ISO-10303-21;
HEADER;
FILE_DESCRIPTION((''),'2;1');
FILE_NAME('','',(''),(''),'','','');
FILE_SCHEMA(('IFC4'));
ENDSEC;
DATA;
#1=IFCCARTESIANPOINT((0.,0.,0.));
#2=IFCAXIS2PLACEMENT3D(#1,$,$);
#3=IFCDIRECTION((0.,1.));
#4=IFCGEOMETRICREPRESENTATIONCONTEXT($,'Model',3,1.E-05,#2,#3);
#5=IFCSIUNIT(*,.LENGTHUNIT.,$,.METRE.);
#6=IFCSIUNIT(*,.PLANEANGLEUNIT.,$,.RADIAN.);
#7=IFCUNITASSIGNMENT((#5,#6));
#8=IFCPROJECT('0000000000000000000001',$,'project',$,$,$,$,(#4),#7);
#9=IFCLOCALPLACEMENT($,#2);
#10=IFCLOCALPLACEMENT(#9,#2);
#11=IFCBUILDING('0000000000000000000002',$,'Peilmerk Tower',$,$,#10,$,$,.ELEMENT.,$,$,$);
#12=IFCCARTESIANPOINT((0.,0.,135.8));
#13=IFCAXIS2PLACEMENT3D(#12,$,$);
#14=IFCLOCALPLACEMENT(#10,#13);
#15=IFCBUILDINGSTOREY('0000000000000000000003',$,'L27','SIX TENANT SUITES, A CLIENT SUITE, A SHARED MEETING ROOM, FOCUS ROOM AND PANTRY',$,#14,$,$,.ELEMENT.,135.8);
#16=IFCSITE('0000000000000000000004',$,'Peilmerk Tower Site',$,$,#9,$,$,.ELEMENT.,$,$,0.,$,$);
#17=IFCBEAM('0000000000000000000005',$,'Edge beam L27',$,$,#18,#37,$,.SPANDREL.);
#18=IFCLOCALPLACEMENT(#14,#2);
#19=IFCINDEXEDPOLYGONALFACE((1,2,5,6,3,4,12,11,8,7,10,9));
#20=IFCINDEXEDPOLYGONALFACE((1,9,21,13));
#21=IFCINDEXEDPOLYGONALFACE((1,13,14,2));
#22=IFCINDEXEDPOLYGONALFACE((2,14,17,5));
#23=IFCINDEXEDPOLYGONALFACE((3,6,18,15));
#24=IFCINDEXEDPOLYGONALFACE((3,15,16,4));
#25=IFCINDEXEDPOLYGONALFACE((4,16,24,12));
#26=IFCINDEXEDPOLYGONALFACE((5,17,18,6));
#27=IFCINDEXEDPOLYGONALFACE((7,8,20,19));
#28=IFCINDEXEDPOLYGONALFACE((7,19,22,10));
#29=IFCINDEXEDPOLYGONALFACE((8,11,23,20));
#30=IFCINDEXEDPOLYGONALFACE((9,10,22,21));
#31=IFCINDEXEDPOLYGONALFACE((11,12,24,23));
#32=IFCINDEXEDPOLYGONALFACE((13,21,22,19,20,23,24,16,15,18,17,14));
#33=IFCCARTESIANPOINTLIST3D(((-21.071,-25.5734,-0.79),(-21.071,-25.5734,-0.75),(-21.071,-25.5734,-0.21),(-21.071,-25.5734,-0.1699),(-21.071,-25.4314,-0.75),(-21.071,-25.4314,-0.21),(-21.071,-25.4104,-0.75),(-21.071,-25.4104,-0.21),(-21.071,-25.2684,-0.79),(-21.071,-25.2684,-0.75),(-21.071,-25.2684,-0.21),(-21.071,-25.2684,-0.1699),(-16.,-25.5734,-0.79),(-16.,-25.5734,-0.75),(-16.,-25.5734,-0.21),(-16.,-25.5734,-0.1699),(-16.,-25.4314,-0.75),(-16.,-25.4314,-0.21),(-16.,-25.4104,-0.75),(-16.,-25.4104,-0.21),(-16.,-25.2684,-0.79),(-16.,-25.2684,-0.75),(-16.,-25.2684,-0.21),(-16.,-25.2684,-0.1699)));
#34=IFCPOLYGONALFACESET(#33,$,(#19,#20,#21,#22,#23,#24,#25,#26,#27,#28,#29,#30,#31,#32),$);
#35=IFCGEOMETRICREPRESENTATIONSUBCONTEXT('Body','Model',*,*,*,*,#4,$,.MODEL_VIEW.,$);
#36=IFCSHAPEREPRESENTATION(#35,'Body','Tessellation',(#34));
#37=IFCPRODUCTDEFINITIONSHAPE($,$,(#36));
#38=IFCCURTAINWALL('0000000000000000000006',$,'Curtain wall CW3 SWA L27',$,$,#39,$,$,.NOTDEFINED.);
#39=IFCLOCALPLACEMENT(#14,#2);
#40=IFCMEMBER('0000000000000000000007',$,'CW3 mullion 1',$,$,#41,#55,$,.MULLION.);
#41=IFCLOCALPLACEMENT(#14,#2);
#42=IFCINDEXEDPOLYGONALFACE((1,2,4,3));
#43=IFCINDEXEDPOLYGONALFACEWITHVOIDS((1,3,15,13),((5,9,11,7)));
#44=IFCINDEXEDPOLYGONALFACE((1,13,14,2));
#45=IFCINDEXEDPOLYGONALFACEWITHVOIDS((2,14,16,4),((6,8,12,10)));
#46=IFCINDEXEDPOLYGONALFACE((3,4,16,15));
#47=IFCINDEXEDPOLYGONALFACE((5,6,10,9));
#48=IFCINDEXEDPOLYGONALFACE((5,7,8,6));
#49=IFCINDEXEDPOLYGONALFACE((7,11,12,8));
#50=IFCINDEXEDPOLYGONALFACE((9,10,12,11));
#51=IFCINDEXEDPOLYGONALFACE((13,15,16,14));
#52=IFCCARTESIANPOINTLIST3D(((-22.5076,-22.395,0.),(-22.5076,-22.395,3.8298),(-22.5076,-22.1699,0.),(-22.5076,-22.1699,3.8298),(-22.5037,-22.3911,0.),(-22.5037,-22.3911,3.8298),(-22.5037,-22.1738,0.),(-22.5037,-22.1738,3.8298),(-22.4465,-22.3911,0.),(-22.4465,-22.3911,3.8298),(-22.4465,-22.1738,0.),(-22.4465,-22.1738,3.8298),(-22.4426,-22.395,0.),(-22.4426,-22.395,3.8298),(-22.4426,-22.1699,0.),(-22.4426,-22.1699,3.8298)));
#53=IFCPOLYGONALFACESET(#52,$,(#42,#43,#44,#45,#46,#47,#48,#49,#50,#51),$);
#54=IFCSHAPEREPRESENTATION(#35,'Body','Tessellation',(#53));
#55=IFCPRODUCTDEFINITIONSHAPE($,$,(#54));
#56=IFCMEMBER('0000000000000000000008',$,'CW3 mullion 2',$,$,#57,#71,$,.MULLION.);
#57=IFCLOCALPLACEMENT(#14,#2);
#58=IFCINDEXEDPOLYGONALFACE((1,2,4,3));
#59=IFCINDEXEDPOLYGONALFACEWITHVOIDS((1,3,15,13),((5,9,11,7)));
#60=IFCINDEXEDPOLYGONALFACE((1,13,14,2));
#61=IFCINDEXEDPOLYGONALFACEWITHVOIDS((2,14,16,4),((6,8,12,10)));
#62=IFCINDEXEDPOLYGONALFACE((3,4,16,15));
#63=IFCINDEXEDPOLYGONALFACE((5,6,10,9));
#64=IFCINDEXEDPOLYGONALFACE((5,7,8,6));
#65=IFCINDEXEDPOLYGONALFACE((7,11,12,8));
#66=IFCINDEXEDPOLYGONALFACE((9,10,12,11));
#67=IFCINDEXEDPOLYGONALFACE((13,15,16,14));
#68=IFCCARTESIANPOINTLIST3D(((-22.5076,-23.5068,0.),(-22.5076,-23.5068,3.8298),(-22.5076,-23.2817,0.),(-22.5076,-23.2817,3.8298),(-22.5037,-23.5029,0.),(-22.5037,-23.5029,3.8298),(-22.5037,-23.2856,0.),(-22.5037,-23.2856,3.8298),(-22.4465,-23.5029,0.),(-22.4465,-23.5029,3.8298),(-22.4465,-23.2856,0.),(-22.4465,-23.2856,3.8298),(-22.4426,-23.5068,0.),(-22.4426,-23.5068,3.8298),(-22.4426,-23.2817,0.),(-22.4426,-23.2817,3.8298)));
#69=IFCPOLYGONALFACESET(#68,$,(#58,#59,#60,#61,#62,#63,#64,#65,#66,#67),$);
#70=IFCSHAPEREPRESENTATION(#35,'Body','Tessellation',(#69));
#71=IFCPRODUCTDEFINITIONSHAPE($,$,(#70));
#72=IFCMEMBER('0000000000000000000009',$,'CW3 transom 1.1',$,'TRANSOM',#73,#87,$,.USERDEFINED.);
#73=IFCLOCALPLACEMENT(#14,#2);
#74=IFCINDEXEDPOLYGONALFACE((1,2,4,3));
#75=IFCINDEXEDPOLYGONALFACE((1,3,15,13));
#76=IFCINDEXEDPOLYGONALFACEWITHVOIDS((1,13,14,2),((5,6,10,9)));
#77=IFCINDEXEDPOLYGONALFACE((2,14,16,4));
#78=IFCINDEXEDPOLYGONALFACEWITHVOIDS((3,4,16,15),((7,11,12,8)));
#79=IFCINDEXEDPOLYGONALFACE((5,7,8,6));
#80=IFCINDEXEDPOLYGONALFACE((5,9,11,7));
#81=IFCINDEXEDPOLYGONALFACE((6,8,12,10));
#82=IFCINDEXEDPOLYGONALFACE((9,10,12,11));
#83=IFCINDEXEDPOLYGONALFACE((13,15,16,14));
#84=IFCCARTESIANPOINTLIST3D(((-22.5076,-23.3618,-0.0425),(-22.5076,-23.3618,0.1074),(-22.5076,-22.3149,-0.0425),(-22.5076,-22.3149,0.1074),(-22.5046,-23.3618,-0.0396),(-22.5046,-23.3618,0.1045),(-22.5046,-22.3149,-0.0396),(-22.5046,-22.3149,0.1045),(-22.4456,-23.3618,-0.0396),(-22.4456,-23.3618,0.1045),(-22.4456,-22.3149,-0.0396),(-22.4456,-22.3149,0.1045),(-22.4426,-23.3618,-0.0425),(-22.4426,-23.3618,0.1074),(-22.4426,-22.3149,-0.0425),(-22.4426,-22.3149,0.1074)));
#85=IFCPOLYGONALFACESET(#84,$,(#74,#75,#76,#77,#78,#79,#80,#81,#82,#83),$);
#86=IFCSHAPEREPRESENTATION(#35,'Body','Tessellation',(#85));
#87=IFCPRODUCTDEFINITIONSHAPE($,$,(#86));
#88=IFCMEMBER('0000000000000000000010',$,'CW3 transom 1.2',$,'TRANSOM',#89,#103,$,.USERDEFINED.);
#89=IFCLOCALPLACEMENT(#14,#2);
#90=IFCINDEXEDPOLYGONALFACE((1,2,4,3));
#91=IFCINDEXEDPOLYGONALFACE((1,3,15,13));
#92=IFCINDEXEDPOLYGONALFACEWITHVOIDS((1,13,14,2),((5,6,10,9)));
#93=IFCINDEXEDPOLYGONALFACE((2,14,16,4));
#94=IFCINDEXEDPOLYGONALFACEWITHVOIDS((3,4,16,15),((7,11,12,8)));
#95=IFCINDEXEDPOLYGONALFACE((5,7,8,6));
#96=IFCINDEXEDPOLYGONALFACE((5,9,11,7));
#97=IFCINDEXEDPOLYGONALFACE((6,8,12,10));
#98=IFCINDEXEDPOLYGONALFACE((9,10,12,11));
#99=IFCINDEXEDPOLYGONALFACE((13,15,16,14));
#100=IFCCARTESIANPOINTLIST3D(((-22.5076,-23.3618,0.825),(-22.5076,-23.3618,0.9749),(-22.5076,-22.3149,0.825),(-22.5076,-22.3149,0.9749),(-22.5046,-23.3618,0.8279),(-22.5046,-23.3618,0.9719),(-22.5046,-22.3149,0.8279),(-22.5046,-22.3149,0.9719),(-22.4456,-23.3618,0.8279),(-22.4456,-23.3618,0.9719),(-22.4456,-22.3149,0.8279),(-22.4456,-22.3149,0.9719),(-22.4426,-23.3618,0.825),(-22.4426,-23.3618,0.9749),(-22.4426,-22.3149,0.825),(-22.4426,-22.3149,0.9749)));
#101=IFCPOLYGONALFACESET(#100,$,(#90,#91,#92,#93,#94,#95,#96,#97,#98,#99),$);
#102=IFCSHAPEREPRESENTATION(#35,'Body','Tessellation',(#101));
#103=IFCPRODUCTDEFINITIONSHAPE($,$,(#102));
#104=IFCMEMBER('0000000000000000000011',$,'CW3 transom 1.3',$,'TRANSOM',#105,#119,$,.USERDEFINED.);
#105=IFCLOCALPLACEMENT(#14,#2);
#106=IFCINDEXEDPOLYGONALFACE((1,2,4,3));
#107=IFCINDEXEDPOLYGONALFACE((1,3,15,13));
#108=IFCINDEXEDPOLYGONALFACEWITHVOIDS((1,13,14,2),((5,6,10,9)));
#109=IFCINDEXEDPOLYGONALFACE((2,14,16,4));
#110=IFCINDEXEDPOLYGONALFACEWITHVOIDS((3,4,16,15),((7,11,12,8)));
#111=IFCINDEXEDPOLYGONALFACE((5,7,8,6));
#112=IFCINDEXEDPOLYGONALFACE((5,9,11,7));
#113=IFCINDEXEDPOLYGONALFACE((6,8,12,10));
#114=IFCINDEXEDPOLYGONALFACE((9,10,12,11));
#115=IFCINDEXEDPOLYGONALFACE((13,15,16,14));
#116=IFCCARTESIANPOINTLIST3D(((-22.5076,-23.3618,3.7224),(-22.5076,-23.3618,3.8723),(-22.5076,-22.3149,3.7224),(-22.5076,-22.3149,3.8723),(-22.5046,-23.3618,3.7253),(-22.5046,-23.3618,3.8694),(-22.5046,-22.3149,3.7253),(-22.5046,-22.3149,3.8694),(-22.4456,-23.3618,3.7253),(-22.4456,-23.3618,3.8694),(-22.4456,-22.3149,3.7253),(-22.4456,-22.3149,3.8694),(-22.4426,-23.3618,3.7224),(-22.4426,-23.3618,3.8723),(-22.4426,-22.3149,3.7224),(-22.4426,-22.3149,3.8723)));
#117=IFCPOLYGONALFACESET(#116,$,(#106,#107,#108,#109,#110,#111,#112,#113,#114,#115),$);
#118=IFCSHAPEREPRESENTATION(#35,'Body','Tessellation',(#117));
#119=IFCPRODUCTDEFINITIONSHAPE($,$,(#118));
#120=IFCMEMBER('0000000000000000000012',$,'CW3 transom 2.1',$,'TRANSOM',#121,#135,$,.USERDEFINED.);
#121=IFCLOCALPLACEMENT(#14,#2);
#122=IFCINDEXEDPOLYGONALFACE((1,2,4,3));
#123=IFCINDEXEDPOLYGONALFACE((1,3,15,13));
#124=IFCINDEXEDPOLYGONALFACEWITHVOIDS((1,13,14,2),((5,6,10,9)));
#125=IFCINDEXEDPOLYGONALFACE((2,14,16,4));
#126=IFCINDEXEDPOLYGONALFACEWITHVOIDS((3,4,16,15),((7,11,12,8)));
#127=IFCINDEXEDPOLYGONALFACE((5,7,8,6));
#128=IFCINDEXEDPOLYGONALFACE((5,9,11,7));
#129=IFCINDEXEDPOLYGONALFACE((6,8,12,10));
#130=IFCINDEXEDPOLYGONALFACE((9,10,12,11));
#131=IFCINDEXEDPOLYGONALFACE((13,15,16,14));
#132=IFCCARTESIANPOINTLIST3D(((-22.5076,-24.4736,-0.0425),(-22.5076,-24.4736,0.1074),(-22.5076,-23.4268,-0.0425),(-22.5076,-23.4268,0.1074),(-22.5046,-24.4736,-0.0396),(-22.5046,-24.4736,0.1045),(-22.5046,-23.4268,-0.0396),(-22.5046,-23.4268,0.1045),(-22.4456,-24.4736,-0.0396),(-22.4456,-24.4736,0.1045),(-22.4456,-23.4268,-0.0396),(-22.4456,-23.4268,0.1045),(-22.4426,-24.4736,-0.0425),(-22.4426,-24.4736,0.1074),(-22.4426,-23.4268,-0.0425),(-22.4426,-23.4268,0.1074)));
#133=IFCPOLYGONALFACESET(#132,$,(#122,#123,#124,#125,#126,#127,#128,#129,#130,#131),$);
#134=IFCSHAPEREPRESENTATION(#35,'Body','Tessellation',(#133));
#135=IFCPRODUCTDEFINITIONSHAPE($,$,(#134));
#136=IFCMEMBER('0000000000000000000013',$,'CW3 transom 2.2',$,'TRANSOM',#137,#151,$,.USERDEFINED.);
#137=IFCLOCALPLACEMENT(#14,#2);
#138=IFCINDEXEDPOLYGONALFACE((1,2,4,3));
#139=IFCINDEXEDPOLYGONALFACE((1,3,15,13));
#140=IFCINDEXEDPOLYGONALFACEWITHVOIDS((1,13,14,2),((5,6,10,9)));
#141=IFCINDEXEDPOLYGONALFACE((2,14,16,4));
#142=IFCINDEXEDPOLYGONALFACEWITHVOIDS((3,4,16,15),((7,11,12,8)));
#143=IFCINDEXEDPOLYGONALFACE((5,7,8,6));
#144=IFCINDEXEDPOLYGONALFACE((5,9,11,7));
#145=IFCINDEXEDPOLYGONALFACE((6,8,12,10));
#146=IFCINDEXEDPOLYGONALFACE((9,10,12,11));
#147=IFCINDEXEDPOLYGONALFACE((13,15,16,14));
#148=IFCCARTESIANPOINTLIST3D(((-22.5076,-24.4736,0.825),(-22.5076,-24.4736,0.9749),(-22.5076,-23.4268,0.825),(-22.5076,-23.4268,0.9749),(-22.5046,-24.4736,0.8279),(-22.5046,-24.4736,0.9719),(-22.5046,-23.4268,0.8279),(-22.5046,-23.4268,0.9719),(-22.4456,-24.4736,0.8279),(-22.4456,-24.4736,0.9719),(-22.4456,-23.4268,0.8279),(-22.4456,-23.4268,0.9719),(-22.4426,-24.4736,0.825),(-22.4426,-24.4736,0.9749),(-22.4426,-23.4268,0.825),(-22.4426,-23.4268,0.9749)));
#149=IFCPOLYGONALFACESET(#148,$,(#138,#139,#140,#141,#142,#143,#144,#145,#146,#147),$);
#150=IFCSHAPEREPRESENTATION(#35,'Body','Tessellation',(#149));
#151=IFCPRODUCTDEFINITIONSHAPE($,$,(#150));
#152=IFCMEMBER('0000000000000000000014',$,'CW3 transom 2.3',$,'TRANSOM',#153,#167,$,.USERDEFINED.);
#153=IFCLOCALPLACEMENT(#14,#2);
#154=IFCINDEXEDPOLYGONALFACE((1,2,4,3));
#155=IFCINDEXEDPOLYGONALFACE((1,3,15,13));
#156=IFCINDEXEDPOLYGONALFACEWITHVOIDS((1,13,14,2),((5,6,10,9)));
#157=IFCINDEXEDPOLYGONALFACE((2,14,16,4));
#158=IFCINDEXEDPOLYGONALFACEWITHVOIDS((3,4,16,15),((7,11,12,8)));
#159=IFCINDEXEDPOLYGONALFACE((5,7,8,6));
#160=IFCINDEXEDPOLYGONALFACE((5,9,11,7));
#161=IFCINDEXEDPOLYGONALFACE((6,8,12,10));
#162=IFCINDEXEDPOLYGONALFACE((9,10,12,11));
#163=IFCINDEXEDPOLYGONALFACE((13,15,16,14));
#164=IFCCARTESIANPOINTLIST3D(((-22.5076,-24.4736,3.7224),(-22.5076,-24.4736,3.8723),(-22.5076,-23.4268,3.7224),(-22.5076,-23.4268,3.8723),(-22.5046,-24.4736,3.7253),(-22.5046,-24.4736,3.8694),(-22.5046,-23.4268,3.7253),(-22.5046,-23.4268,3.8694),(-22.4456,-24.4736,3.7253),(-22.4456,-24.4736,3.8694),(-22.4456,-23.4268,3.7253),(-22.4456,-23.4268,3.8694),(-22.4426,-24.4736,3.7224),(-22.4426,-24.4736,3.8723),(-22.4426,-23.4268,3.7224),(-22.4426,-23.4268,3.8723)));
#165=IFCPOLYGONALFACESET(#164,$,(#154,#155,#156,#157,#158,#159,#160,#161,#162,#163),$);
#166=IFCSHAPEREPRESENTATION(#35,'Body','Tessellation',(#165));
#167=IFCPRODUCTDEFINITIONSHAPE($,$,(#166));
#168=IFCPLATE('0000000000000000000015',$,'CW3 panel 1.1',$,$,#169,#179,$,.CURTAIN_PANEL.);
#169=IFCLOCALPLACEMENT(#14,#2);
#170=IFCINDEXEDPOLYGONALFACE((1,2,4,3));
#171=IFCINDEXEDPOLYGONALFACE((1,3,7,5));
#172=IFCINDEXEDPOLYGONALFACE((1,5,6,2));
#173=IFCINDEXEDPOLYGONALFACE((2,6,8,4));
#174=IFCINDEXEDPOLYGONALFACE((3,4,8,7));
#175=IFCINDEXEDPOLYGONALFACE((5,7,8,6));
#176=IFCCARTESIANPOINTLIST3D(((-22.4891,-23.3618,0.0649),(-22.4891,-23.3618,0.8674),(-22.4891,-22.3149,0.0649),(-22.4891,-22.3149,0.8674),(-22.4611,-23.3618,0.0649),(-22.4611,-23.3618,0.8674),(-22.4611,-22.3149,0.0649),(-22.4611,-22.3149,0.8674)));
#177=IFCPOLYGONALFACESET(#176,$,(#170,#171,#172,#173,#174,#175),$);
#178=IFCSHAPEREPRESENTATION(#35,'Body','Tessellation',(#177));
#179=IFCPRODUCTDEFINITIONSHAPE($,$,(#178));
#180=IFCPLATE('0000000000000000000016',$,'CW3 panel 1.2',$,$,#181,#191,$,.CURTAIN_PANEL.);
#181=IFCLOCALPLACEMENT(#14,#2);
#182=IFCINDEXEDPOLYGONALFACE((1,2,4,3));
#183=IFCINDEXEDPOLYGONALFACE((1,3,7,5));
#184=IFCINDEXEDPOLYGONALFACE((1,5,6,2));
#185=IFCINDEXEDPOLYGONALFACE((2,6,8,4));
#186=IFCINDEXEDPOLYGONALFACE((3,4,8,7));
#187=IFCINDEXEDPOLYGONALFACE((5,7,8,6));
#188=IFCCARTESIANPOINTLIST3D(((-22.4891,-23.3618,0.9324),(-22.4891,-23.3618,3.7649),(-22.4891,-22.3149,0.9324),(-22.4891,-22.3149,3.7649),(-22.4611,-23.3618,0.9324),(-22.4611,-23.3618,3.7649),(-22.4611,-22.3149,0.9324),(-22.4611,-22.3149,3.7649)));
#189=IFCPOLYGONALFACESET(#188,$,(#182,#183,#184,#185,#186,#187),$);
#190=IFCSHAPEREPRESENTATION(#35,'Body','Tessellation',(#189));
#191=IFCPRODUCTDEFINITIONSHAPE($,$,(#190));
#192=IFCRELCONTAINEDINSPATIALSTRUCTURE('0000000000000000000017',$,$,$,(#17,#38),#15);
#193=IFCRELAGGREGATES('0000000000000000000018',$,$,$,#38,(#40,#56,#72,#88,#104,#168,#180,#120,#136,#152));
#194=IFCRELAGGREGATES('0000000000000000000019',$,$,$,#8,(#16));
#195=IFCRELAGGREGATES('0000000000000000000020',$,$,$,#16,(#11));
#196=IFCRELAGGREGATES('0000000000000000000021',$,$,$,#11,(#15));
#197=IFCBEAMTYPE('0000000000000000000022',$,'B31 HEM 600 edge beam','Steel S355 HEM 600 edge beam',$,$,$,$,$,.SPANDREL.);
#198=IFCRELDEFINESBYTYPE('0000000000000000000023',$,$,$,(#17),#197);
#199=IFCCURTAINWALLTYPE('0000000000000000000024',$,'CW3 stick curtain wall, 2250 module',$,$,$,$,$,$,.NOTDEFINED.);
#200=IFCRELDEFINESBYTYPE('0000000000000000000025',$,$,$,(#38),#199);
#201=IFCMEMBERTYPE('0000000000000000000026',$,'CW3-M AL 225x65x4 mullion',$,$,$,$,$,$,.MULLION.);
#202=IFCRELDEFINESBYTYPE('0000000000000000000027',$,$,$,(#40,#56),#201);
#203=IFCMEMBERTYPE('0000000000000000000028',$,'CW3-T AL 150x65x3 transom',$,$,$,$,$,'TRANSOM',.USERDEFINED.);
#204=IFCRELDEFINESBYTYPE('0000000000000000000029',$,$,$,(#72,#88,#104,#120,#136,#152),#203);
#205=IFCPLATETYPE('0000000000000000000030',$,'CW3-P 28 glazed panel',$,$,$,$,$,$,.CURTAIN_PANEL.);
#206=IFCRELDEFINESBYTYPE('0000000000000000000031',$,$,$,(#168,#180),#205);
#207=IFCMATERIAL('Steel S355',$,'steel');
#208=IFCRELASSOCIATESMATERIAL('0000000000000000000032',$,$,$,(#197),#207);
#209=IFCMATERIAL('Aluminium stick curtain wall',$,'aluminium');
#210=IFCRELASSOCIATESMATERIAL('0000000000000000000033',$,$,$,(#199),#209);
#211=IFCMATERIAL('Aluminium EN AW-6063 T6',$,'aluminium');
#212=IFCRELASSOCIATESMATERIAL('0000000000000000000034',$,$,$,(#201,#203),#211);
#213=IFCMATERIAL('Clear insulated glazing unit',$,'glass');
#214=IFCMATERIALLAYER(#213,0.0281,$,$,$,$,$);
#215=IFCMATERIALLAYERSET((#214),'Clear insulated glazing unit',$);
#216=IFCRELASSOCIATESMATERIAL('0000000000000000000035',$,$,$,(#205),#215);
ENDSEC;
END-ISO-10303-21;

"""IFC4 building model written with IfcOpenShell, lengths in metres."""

from ifc_helpers import new_model, si_unit, direction, frame, origin, origin_2d, place, context, subcontext, project, spatial, rectangle, hollow_rectangle, i_section, extrude, material, layer, layer_set, material_profile, profile_set, type_object, element, aggregate, save


model = new_model("IFC4")

# Units and contexts
model_context = context("Model", 3, precision=1e-05, world=origin(), true_north=direction((0.0, 1.0)))
body_context = subcontext(model_context, "Body", "Model", "MODEL_VIEW")
ifc_project = project(units=[si_unit("LENGTHUNIT", "METRE"), si_unit("PLANEANGLEUNIT", "RADIAN")], contexts=[model_context])

# Site, building, storey
site_placement = place(None, origin())
site = spatial("IfcSite", under=ifc_project, at=site_placement, Name="Peilmerk Tower Site", CompositionType="ELEMENT", RefElevation=0.0)
building_placement = place(site_placement, origin())
building = spatial("IfcBuilding", under=site, at=building_placement, Name="Peilmerk Tower", CompositionType="ELEMENT")
storey_placement = place(building_placement, frame((0.0, 0.0, 135.8)))
storey = spatial("IfcBuildingStorey", under=building, at=storey_placement, Name="L27", Description="SIX TENANT SUITES, A CLIENT SUITE, A SHARED MEETING ROOM, FOCUS ROOM AND PANTRY", CompositionType="ELEMENT", Elevation=135.8)

# Beam
ifc_material_1 = material(Name="Steel S355", Category="steel")
ifc_material_profile_1 = material_profile(ifc_material_1, i_section(OverallWidth=0.3049, OverallDepth=0.6201, WebThickness=0.021, FlangeThickness=0.04, at=origin_2d()), Name="HEM 600")
ifc_profile_set_1 = profile_set([ifc_material_profile_1], Name="Steel S355")
beam_type_1 = type_object("IfcBeamType", Name="B31 HEM 600 edge beam", Description="Steel S355 HEM 600 edge beam", PredefinedType="SPANDREL", material=ifc_profile_set_1)
beam_1_placement = place(storey_placement, frame((-21.071, -25.4209, -0.48), z_axis=(1.0, 0.0, 0.0), x_axis=(0.0, 1.0, 0.0)))
element("IfcBeam", 1, at=beam_1_placement, inside=storey, type_object=beam_type_1, Name="Edge beam L27", PredefinedType="SPANDREL", context=body_context, shape_type="SweptSolid", body=[
    extrude(i_section(OverallWidth=0.3049, OverallDepth=0.6201, WebThickness=0.021, FlangeThickness=0.04, at=origin_2d()), origin(), (0.0, 0.0, 1.0), 5.071),
])

# Curtain wall, members, plates
ifc_material_2 = material(Name="Aluminium stick curtain wall", Category="aluminium")
curtain_wall_type = type_object("IfcCurtainWallType", Name="CW3 stick curtain wall, 2250 module", PredefinedType="NOTDEFINED", material=ifc_material_2)
curtain_wall_placement = place(storey_placement, origin())
curtain_wall = element("IfcCurtainWall", 2, at=curtain_wall_placement, inside=storey, type_object=curtain_wall_type, Name="Curtain wall CW3 SWA L27", PredefinedType="NOTDEFINED")
ifc_material_3 = material(Name="Aluminium EN AW-6063 T6", Category="aluminium")
ifc_material_profile_2 = material_profile(ifc_material_3, hollow_rectangle(XDim=0.0649, YDim=0.2251, WallThickness=0.0039, at=origin_2d()), Name="AL 225x65x4")
ifc_profile_set_2 = profile_set([ifc_material_profile_2], Name="Aluminium EN AW-6063 T6")
member_type_1 = type_object("IfcMemberType", Name="CW3-M AL 225x65x4 mullion", PredefinedType="MULLION", material=ifc_profile_set_2)
member_1_placement = place(storey_placement, frame((-22.4751, -22.2825, 0.0), z_axis=(0.0, 0.0, 1.0), x_axis=(1.0, 0.0, 0.0)))
member_1 = element("IfcMember", 3, at=member_1_placement, type_object=member_type_1, Name="CW3 mullion 1", PredefinedType="MULLION", context=body_context, shape_type="SweptSolid", body=[
    extrude(hollow_rectangle(XDim=0.0649, YDim=0.2251, WallThickness=0.0039, at=origin_2d()), origin(), (0.0, 0.0, 1.0), 3.8298),
])
member_2_placement = place(storey_placement, frame((-22.4751, -23.3943, 0.0), z_axis=(0.0, 0.0, 1.0), x_axis=(1.0, 0.0, 0.0)))
member_2 = element("IfcMember", 4, at=member_2_placement, type_object=member_type_1, Name="CW3 mullion 2", PredefinedType="MULLION", context=body_context, shape_type="SweptSolid", body=[
    extrude(hollow_rectangle(XDim=0.0649, YDim=0.2251, WallThickness=0.0039, at=origin_2d()), origin(), (0.0, 0.0, 1.0), 3.8298),
])
ifc_material_profile_3 = material_profile(ifc_material_3, hollow_rectangle(XDim=0.0649, YDim=0.1499, WallThickness=0.0029, at=origin_2d()), Name="AL 150x65x3")
ifc_profile_set_3 = profile_set([ifc_material_profile_3], Name="Aluminium EN AW-6063 T6")
member_type_2 = type_object("IfcMemberType", Name="CW3-T AL 150x65x3 transom", ElementType="TRANSOM", PredefinedType="USERDEFINED", material=ifc_profile_set_3)
member_3_placement = place(storey_placement, frame((-22.4751, -22.3149, 0.0325), z_axis=(0.0, -1.0, 0.0), x_axis=(1.0, 0.0, 0.0)))
member_3 = element("IfcMember", 5, at=member_3_placement, type_object=member_type_2, Name="CW3 transom 1.1", ObjectType="TRANSOM", PredefinedType="USERDEFINED", context=body_context, shape_type="SweptSolid", body=[
    extrude(hollow_rectangle(XDim=0.0649, YDim=0.1499, WallThickness=0.0029, at=origin_2d()), origin(), (0.0, 0.0, 1.0), 1.0469),
])
member_4_placement = place(storey_placement, frame((-22.4751, -22.3149, 0.8999), z_axis=(0.0, -1.0, 0.0), x_axis=(1.0, 0.0, 0.0)))
member_4 = element("IfcMember", 6, at=member_4_placement, type_object=member_type_2, Name="CW3 transom 1.2", ObjectType="TRANSOM", PredefinedType="USERDEFINED", context=body_context, shape_type="SweptSolid", body=[
    extrude(hollow_rectangle(XDim=0.0649, YDim=0.1499, WallThickness=0.0029, at=origin_2d()), origin(), (0.0, 0.0, 1.0), 1.0469),
])
member_5_placement = place(storey_placement, frame((-22.4751, -22.3149, 3.7974), z_axis=(0.0, -1.0, 0.0), x_axis=(1.0, 0.0, 0.0)))
member_5 = element("IfcMember", 7, at=member_5_placement, type_object=member_type_2, Name="CW3 transom 1.3", ObjectType="TRANSOM", PredefinedType="USERDEFINED", context=body_context, shape_type="SweptSolid", body=[
    extrude(hollow_rectangle(XDim=0.0649, YDim=0.1499, WallThickness=0.0029, at=origin_2d()), origin(), (0.0, 0.0, 1.0), 1.0469),
])
member_6_placement = place(storey_placement, frame((-22.4751, -23.4268, 0.0325), z_axis=(0.0, -1.0, 0.0), x_axis=(1.0, 0.0, 0.0)))
member_6 = element("IfcMember", 8, at=member_6_placement, type_object=member_type_2, Name="CW3 transom 2.1", ObjectType="TRANSOM", PredefinedType="USERDEFINED", context=body_context, shape_type="SweptSolid", body=[
    extrude(hollow_rectangle(XDim=0.0649, YDim=0.1499, WallThickness=0.0029, at=origin_2d()), origin(), (0.0, 0.0, 1.0), 1.0469),
])
member_7_placement = place(storey_placement, frame((-22.4751, -23.4268, 0.8999), z_axis=(0.0, -1.0, 0.0), x_axis=(1.0, 0.0, 0.0)))
member_7 = element("IfcMember", 9, at=member_7_placement, type_object=member_type_2, Name="CW3 transom 2.2", ObjectType="TRANSOM", PredefinedType="USERDEFINED", context=body_context, shape_type="SweptSolid", body=[
    extrude(hollow_rectangle(XDim=0.0649, YDim=0.1499, WallThickness=0.0029, at=origin_2d()), origin(), (0.0, 0.0, 1.0), 1.0469),
])
member_8_placement = place(storey_placement, frame((-22.4751, -23.4268, 3.7974), z_axis=(0.0, -1.0, 0.0), x_axis=(1.0, 0.0, 0.0)))
member_8 = element("IfcMember", 10, at=member_8_placement, type_object=member_type_2, Name="CW3 transom 2.3", ObjectType="TRANSOM", PredefinedType="USERDEFINED", context=body_context, shape_type="SweptSolid", body=[
    extrude(hollow_rectangle(XDim=0.0649, YDim=0.1499, WallThickness=0.0029, at=origin_2d()), origin(), (0.0, 0.0, 1.0), 1.0469),
])
ifc_material_4 = material(Name="Clear insulated glazing unit", Category="glass")
ifc_layer = layer(ifc_material_4, 0.0281)
ifc_layer_set = layer_set([ifc_layer], Name="Clear insulated glazing unit")
plate_type = type_object("IfcPlateType", Name="CW3-P 28 glazed panel", PredefinedType="CURTAIN_PANEL", material=ifc_layer_set)
plate_1_placement = place(storey_placement, frame((-22.4751, -22.8384, 0.0649), z_axis=(0.0, 0.0, 1.0), x_axis=(0.0, -1.0, 0.0)))
plate_1 = element("IfcPlate", 11, at=plate_1_placement, type_object=plate_type, Name="CW3 panel 1.1", PredefinedType="CURTAIN_PANEL", context=body_context, shape_type="SweptSolid", body=[
    extrude(rectangle(XDim=1.0469, YDim=0.0281, at=origin_2d()), origin(), (0.0, 0.0, 1.0), 0.8025),
])
plate_2_placement = place(storey_placement, frame((-22.4751, -22.8384, 0.9324), z_axis=(0.0, 0.0, 1.0), x_axis=(0.0, -1.0, 0.0)))
plate_2 = element("IfcPlate", 12, at=plate_2_placement, type_object=plate_type, Name="CW3 panel 1.2", PredefinedType="CURTAIN_PANEL", context=body_context, shape_type="SweptSolid", body=[
    extrude(rectangle(XDim=1.0469, YDim=0.0281, at=origin_2d()), origin(), (0.0, 0.0, 1.0), 2.8325),
])
aggregate(curtain_wall, [member_1, member_2, member_3, member_4, member_5, plate_1, plate_2, member_6, member_7, member_8])

save(model, "model.ifc")
